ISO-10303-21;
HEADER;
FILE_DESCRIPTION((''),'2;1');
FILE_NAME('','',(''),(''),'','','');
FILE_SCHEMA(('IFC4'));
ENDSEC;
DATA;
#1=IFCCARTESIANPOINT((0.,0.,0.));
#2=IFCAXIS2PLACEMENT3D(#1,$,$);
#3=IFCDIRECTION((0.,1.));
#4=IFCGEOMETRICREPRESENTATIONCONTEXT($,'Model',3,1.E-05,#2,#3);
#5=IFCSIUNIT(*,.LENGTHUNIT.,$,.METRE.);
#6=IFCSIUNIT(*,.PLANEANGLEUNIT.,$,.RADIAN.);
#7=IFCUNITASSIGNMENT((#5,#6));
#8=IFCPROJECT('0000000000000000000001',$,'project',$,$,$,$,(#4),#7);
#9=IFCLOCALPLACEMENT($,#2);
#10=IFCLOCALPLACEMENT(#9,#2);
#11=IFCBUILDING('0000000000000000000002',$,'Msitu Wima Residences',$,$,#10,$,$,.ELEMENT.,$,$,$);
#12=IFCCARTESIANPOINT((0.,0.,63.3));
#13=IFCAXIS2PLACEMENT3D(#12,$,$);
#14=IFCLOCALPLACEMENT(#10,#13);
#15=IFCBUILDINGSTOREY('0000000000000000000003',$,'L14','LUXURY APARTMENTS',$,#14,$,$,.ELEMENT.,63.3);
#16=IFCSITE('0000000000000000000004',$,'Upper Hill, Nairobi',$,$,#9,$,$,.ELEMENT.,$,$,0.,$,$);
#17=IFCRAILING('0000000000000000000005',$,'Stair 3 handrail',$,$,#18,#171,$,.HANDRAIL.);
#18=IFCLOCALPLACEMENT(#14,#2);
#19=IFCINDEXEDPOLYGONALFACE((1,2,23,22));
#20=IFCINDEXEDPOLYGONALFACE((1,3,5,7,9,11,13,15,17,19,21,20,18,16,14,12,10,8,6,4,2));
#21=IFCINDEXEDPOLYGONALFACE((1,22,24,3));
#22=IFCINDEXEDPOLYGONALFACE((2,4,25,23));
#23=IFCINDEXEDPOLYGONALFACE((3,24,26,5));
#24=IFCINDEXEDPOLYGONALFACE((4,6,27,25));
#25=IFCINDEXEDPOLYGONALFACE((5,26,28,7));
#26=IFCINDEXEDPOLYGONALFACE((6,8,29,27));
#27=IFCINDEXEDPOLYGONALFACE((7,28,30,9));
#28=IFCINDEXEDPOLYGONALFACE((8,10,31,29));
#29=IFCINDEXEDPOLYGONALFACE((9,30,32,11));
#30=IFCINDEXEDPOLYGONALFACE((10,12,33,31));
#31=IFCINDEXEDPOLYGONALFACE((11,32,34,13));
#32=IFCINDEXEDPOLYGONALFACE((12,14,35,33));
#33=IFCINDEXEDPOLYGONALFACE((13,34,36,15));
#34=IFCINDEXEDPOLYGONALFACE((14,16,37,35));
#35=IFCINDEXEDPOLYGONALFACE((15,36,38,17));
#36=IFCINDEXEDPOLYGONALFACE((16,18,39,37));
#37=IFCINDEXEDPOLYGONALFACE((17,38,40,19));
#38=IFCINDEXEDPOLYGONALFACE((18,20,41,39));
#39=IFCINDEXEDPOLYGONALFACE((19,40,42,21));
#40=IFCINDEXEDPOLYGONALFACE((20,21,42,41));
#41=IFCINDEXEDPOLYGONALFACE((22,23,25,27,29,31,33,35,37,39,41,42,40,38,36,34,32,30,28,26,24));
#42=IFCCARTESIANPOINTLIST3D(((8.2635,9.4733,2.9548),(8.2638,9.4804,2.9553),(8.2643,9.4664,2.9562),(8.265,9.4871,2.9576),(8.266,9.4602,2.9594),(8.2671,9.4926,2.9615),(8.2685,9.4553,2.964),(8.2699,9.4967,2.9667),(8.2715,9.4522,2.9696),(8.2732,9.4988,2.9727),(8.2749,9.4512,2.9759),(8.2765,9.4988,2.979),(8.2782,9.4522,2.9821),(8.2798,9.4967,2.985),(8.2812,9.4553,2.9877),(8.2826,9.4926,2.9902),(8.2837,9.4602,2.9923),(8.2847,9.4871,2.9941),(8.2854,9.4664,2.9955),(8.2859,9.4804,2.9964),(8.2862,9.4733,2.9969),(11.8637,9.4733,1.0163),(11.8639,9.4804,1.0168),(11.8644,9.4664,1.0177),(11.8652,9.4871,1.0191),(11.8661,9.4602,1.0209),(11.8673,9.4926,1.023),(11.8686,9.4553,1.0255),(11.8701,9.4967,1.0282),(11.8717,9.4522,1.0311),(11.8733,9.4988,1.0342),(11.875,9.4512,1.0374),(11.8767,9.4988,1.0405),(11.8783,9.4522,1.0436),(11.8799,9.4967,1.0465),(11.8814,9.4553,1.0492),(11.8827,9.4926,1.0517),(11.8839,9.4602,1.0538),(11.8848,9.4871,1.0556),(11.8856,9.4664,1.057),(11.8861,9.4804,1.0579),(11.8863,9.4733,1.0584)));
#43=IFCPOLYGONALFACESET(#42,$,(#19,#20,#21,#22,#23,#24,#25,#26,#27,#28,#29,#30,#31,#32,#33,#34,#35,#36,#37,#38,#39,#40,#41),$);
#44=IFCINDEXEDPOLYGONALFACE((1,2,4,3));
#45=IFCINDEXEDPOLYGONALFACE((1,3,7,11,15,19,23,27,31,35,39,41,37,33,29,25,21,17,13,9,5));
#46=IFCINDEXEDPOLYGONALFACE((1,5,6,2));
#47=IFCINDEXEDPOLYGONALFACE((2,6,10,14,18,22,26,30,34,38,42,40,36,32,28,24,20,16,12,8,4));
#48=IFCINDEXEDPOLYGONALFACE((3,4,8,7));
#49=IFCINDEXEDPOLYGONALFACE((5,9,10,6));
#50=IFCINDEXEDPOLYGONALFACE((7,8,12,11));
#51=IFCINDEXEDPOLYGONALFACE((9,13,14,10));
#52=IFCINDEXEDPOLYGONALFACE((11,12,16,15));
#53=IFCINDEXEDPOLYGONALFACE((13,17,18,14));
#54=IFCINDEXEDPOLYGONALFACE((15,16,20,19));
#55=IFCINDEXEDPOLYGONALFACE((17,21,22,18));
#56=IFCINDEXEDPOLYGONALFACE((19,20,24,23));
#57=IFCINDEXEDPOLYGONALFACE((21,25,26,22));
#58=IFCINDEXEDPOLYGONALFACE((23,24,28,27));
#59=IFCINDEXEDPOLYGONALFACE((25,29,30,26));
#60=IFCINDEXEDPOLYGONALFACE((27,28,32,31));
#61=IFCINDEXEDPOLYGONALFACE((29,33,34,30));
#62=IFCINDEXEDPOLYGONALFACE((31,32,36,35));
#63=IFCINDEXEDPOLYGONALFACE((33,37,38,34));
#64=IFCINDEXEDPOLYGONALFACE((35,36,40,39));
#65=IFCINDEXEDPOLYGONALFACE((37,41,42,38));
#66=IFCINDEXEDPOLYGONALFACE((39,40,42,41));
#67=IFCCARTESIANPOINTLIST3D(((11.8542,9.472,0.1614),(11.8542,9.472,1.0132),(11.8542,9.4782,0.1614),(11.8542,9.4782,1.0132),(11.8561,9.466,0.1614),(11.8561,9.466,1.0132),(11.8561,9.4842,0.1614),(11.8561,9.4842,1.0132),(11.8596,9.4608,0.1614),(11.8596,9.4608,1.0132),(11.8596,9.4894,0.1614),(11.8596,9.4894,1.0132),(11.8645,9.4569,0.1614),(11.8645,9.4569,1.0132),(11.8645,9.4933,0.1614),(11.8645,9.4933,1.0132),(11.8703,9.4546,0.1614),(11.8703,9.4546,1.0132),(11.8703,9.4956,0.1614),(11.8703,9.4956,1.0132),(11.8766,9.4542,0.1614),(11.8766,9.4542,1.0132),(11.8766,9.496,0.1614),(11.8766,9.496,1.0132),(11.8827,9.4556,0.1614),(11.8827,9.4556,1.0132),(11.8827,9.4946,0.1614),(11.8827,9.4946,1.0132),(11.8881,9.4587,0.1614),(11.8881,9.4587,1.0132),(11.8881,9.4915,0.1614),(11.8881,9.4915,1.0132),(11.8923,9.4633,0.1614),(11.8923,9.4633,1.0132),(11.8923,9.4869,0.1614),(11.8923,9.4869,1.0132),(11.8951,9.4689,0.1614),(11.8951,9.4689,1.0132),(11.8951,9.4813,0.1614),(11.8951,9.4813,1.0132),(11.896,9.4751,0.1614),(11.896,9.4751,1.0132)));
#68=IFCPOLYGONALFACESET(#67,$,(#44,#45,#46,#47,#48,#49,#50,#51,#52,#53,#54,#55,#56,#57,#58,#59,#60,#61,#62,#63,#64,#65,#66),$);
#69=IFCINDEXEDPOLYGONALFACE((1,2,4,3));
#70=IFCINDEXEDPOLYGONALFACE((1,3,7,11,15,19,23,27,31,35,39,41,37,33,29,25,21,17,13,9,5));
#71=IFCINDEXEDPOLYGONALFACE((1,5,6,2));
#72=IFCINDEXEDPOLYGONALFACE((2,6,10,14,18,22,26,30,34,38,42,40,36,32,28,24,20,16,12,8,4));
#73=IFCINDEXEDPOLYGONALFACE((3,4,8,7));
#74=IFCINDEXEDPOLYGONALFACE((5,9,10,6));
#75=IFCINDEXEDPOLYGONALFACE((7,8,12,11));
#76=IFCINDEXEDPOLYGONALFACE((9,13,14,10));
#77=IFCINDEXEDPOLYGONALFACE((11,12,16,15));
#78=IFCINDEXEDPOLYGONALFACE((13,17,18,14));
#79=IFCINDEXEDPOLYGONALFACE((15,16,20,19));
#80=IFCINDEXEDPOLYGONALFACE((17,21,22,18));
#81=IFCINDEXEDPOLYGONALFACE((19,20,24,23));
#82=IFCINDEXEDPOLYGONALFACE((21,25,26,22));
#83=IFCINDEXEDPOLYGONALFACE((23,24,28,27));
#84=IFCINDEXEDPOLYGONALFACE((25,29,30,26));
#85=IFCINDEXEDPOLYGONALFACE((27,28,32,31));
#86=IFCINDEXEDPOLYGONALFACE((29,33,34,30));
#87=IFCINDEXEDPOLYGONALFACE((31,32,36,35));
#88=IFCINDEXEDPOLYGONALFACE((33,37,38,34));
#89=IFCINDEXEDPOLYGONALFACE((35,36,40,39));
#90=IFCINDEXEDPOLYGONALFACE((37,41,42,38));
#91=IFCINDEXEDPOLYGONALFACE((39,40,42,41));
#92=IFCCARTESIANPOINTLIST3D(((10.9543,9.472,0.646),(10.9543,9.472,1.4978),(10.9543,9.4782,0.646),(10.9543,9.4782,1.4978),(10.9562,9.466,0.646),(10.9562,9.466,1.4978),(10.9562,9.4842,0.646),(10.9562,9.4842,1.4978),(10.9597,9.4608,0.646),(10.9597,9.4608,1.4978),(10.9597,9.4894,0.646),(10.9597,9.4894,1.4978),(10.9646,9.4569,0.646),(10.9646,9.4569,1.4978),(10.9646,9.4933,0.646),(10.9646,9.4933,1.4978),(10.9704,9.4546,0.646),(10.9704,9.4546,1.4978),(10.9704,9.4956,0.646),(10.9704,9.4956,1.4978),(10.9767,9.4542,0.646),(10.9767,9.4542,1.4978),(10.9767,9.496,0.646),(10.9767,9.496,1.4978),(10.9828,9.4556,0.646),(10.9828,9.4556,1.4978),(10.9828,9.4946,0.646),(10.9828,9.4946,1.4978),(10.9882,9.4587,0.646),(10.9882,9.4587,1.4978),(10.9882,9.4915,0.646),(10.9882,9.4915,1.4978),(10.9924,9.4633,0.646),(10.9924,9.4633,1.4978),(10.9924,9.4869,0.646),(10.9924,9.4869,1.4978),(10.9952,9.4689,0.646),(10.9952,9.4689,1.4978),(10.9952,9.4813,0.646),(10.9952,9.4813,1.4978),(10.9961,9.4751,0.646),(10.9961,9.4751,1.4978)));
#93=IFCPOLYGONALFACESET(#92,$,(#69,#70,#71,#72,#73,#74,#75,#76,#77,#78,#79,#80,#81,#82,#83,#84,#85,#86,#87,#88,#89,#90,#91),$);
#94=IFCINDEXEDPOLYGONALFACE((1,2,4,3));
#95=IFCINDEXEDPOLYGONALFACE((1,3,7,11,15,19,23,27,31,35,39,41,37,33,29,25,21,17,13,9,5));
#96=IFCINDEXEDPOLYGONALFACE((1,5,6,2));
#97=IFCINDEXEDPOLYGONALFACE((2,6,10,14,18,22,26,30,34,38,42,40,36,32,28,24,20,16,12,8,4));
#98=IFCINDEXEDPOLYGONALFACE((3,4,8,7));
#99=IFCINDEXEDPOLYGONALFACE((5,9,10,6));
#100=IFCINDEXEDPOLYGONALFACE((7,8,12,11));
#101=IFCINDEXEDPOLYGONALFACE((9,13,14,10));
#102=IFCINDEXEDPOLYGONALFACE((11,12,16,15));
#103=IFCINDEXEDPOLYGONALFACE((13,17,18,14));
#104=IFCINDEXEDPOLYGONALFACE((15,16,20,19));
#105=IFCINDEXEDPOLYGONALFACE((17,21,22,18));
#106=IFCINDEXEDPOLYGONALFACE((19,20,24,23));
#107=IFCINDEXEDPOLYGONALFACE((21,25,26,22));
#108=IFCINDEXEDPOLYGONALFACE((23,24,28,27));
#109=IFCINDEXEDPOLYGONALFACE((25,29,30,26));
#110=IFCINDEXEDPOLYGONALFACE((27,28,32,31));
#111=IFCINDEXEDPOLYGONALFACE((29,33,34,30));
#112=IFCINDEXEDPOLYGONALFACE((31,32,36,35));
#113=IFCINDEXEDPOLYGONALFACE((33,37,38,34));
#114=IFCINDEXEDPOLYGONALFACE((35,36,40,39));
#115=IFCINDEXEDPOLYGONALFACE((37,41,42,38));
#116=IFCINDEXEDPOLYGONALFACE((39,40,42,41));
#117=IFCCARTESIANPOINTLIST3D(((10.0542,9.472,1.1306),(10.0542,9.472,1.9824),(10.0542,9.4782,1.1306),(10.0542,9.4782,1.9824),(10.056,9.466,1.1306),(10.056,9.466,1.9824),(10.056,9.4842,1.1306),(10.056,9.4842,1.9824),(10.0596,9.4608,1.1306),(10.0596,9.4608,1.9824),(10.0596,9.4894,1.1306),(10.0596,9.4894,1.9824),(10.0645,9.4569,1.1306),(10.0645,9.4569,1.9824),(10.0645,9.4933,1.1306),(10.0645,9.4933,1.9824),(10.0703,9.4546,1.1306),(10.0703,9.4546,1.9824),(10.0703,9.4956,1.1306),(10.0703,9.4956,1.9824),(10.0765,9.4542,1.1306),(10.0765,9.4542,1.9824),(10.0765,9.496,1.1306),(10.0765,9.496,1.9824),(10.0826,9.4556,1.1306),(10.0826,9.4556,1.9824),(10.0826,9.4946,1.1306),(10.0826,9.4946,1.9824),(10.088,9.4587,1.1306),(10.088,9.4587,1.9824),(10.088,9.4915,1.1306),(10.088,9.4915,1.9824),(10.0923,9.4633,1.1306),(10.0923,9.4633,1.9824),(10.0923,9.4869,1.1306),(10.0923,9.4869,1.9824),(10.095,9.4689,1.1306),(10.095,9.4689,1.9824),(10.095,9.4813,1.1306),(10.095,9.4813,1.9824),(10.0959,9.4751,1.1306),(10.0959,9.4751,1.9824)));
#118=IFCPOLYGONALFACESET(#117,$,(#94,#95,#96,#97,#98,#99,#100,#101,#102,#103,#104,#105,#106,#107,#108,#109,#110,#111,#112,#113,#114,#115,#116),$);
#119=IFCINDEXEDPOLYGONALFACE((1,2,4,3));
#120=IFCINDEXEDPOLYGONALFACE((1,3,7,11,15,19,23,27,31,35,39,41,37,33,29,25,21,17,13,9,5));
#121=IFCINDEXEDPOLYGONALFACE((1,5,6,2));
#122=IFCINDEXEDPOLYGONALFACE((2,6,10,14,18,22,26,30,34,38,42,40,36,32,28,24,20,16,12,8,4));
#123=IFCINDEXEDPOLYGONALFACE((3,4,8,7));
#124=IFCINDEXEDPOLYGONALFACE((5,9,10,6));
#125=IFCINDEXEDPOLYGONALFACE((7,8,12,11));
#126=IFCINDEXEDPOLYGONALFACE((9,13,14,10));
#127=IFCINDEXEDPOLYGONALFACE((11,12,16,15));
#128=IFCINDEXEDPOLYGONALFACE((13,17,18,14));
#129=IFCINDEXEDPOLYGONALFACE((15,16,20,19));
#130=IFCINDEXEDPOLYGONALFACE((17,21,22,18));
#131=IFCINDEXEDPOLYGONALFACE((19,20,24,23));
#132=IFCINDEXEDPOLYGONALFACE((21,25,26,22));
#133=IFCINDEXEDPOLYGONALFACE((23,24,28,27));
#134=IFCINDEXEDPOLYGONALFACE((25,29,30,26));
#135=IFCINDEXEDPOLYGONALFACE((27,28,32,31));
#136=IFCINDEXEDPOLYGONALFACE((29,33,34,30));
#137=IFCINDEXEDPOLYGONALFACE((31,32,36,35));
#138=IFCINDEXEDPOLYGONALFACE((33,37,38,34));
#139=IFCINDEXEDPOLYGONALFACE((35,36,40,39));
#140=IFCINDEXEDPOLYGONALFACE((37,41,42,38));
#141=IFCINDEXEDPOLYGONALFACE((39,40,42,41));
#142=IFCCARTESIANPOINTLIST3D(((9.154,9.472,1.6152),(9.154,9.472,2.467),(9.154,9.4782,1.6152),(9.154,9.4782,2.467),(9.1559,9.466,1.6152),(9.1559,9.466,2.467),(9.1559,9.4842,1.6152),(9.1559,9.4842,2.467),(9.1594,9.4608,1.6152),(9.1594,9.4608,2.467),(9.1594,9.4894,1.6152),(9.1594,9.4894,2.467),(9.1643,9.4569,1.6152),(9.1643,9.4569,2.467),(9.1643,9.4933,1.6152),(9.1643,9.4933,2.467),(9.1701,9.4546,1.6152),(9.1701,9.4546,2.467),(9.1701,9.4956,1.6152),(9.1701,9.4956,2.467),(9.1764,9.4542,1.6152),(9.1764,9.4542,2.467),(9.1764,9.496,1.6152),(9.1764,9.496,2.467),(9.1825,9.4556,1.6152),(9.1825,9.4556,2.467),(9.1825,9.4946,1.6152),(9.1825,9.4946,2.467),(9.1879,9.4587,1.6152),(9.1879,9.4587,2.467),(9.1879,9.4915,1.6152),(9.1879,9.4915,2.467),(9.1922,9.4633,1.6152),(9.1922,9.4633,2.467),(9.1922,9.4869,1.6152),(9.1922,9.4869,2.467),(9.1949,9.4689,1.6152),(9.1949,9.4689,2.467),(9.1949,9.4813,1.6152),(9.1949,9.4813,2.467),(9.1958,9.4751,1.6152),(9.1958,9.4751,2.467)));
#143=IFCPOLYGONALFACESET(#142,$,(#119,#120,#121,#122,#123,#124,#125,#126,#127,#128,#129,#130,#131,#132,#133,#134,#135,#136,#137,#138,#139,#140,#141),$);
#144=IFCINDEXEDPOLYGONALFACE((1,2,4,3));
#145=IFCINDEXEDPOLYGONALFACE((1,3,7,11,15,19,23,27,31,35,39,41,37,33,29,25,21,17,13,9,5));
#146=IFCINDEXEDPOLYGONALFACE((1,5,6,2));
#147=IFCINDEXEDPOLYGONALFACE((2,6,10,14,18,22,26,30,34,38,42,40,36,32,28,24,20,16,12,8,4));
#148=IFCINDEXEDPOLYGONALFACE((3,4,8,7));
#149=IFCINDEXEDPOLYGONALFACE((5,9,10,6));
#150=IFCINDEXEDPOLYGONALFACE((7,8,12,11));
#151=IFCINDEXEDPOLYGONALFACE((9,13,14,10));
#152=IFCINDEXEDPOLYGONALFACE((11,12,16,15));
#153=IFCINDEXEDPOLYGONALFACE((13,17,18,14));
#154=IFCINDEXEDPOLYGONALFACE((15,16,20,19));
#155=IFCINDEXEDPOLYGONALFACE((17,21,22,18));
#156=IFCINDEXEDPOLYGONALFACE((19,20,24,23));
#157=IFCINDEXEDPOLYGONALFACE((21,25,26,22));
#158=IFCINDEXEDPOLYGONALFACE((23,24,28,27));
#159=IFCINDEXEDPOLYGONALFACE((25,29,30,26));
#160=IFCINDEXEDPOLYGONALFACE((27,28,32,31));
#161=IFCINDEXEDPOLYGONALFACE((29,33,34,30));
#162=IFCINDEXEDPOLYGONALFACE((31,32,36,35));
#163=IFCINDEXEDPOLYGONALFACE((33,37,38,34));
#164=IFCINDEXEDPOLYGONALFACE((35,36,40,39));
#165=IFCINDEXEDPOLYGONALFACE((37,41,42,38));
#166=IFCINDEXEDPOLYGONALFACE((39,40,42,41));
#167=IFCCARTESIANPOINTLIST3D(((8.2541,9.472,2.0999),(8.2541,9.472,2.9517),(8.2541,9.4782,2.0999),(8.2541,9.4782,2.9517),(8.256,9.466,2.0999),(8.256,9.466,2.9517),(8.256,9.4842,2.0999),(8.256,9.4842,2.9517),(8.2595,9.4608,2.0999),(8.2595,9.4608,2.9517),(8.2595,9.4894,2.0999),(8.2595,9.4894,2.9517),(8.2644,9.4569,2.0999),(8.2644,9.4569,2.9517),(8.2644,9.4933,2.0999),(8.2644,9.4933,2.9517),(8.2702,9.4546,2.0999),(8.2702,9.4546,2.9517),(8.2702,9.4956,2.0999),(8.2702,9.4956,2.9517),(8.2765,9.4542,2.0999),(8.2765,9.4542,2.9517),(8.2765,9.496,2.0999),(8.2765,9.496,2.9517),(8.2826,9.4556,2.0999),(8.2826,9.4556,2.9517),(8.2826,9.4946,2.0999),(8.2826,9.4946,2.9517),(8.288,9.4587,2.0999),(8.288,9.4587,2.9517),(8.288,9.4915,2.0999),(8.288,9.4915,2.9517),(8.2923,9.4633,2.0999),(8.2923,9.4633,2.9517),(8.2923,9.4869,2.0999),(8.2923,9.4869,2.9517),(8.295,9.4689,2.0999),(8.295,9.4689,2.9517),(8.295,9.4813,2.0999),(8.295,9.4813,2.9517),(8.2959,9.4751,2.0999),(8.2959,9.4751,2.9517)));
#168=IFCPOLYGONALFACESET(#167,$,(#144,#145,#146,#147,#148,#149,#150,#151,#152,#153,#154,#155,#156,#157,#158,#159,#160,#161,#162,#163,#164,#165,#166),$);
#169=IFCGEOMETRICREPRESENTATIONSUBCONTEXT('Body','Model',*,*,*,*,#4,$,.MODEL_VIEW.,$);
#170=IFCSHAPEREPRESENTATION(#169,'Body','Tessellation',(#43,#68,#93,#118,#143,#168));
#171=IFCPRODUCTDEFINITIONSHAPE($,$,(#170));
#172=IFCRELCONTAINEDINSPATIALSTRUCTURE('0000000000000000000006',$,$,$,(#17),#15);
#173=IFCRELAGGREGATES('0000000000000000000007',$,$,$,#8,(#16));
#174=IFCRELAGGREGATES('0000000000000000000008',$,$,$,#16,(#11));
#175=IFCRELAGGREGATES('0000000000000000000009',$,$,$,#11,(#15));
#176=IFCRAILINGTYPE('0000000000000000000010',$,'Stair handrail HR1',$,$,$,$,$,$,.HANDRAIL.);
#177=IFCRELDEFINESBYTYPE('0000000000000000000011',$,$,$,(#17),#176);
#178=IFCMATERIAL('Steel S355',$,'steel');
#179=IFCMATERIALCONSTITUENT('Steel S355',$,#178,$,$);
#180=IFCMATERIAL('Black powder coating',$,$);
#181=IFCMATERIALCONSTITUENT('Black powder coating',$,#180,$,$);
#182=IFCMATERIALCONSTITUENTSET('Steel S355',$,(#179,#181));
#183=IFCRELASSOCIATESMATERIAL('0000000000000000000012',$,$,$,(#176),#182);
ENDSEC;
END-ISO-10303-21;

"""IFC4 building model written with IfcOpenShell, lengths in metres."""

from ifc_helpers import new_model, si_unit, direction, frame, origin, origin_2d, place, context, subcontext, project, spatial, circle, extrude, material, constituent, constituent_set, type_object, element, save


model = new_model("IFC4")

# Units and contexts
model_context = context("Model", 3, precision=1e-05, world=origin(), true_north=direction((0.0, 1.0)))
body_context = subcontext(model_context, "Body", "Model", "MODEL_VIEW")
ifc_project = project(units=[si_unit("LENGTHUNIT", "METRE"), si_unit("PLANEANGLEUNIT", "RADIAN")], contexts=[model_context])

# Site, building, storey
site_placement = place(None, origin())
site = spatial("IfcSite", under=ifc_project, at=site_placement, Name="Upper Hill, Nairobi", CompositionType="ELEMENT", RefElevation=0.0)
building_placement = place(site_placement, origin())
building = spatial("IfcBuilding", under=site, at=building_placement, Name="Msitu Wima Residences", CompositionType="ELEMENT")
storey_placement = place(building_placement, frame((0.0, 0.0, 63.3)))
storey = spatial("IfcBuildingStorey", under=building, at=storey_placement, Name="L14", Description="LUXURY APARTMENTS", CompositionType="ELEMENT", Elevation=63.3)

# Railing
ifc_material_1 = material(Name="Steel S355", Category="steel")
ifc_constituent_1 = constituent(ifc_material_1, Name="Steel S355")
ifc_material_2 = material(Name="Black powder coating")
ifc_constituent_2 = constituent(ifc_material_2, Name="Black powder coating")
ifc_constituent_set = constituent_set(constituents=[ifc_constituent_1, ifc_constituent_2], Name="Steel S355")
railing_type = type_object("IfcRailingType", Name="Stair handrail HR1", PredefinedType="HANDRAIL", material=ifc_constituent_set)
railing_placement = place(storey_placement, frame((11.875, 9.4751, 0.1614)))
element("IfcRailing", 1, at=railing_placement, inside=storey, type_object=railing_type, Name="Stair 3 handrail", PredefinedType="HANDRAIL", context=body_context, shape_type="SweptSolid", body=[
    extrude(circle(Radius=0.0239, at=origin_2d()), frame((0.0, 0.0, 0.876), z_axis=(-0.880475, 0.0, 0.474093), x_axis=(0.0, -1.0, 0.0)), (0.0, 0.0, 1.0), 4.0889),
    extrude(circle(Radius=0.021, at=origin_2d()), origin(), (0.0, 0.0, 1.0), 0.8518),
    extrude(circle(Radius=0.021, at=origin_2d()), frame((-0.8999, 0.0, 0.4846)), (0.0, 0.0, 1.0), 0.8518),
    extrude(circle(Radius=0.021, at=origin_2d()), frame((-1.8, 0.0, 0.9692)), (0.0, 0.0, 1.0), 0.8518),
    extrude(circle(Radius=0.021, at=origin_2d()), frame((-2.7002, 0.0, 1.4539)), (0.0, 0.0, 1.0), 0.8518),
    extrude(circle(Radius=0.021, at=origin_2d()), frame((-3.6001, 0.0, 1.9385)), (0.0, 0.0, 1.0), 0.8518),
])

save(model, "model.ifc")
